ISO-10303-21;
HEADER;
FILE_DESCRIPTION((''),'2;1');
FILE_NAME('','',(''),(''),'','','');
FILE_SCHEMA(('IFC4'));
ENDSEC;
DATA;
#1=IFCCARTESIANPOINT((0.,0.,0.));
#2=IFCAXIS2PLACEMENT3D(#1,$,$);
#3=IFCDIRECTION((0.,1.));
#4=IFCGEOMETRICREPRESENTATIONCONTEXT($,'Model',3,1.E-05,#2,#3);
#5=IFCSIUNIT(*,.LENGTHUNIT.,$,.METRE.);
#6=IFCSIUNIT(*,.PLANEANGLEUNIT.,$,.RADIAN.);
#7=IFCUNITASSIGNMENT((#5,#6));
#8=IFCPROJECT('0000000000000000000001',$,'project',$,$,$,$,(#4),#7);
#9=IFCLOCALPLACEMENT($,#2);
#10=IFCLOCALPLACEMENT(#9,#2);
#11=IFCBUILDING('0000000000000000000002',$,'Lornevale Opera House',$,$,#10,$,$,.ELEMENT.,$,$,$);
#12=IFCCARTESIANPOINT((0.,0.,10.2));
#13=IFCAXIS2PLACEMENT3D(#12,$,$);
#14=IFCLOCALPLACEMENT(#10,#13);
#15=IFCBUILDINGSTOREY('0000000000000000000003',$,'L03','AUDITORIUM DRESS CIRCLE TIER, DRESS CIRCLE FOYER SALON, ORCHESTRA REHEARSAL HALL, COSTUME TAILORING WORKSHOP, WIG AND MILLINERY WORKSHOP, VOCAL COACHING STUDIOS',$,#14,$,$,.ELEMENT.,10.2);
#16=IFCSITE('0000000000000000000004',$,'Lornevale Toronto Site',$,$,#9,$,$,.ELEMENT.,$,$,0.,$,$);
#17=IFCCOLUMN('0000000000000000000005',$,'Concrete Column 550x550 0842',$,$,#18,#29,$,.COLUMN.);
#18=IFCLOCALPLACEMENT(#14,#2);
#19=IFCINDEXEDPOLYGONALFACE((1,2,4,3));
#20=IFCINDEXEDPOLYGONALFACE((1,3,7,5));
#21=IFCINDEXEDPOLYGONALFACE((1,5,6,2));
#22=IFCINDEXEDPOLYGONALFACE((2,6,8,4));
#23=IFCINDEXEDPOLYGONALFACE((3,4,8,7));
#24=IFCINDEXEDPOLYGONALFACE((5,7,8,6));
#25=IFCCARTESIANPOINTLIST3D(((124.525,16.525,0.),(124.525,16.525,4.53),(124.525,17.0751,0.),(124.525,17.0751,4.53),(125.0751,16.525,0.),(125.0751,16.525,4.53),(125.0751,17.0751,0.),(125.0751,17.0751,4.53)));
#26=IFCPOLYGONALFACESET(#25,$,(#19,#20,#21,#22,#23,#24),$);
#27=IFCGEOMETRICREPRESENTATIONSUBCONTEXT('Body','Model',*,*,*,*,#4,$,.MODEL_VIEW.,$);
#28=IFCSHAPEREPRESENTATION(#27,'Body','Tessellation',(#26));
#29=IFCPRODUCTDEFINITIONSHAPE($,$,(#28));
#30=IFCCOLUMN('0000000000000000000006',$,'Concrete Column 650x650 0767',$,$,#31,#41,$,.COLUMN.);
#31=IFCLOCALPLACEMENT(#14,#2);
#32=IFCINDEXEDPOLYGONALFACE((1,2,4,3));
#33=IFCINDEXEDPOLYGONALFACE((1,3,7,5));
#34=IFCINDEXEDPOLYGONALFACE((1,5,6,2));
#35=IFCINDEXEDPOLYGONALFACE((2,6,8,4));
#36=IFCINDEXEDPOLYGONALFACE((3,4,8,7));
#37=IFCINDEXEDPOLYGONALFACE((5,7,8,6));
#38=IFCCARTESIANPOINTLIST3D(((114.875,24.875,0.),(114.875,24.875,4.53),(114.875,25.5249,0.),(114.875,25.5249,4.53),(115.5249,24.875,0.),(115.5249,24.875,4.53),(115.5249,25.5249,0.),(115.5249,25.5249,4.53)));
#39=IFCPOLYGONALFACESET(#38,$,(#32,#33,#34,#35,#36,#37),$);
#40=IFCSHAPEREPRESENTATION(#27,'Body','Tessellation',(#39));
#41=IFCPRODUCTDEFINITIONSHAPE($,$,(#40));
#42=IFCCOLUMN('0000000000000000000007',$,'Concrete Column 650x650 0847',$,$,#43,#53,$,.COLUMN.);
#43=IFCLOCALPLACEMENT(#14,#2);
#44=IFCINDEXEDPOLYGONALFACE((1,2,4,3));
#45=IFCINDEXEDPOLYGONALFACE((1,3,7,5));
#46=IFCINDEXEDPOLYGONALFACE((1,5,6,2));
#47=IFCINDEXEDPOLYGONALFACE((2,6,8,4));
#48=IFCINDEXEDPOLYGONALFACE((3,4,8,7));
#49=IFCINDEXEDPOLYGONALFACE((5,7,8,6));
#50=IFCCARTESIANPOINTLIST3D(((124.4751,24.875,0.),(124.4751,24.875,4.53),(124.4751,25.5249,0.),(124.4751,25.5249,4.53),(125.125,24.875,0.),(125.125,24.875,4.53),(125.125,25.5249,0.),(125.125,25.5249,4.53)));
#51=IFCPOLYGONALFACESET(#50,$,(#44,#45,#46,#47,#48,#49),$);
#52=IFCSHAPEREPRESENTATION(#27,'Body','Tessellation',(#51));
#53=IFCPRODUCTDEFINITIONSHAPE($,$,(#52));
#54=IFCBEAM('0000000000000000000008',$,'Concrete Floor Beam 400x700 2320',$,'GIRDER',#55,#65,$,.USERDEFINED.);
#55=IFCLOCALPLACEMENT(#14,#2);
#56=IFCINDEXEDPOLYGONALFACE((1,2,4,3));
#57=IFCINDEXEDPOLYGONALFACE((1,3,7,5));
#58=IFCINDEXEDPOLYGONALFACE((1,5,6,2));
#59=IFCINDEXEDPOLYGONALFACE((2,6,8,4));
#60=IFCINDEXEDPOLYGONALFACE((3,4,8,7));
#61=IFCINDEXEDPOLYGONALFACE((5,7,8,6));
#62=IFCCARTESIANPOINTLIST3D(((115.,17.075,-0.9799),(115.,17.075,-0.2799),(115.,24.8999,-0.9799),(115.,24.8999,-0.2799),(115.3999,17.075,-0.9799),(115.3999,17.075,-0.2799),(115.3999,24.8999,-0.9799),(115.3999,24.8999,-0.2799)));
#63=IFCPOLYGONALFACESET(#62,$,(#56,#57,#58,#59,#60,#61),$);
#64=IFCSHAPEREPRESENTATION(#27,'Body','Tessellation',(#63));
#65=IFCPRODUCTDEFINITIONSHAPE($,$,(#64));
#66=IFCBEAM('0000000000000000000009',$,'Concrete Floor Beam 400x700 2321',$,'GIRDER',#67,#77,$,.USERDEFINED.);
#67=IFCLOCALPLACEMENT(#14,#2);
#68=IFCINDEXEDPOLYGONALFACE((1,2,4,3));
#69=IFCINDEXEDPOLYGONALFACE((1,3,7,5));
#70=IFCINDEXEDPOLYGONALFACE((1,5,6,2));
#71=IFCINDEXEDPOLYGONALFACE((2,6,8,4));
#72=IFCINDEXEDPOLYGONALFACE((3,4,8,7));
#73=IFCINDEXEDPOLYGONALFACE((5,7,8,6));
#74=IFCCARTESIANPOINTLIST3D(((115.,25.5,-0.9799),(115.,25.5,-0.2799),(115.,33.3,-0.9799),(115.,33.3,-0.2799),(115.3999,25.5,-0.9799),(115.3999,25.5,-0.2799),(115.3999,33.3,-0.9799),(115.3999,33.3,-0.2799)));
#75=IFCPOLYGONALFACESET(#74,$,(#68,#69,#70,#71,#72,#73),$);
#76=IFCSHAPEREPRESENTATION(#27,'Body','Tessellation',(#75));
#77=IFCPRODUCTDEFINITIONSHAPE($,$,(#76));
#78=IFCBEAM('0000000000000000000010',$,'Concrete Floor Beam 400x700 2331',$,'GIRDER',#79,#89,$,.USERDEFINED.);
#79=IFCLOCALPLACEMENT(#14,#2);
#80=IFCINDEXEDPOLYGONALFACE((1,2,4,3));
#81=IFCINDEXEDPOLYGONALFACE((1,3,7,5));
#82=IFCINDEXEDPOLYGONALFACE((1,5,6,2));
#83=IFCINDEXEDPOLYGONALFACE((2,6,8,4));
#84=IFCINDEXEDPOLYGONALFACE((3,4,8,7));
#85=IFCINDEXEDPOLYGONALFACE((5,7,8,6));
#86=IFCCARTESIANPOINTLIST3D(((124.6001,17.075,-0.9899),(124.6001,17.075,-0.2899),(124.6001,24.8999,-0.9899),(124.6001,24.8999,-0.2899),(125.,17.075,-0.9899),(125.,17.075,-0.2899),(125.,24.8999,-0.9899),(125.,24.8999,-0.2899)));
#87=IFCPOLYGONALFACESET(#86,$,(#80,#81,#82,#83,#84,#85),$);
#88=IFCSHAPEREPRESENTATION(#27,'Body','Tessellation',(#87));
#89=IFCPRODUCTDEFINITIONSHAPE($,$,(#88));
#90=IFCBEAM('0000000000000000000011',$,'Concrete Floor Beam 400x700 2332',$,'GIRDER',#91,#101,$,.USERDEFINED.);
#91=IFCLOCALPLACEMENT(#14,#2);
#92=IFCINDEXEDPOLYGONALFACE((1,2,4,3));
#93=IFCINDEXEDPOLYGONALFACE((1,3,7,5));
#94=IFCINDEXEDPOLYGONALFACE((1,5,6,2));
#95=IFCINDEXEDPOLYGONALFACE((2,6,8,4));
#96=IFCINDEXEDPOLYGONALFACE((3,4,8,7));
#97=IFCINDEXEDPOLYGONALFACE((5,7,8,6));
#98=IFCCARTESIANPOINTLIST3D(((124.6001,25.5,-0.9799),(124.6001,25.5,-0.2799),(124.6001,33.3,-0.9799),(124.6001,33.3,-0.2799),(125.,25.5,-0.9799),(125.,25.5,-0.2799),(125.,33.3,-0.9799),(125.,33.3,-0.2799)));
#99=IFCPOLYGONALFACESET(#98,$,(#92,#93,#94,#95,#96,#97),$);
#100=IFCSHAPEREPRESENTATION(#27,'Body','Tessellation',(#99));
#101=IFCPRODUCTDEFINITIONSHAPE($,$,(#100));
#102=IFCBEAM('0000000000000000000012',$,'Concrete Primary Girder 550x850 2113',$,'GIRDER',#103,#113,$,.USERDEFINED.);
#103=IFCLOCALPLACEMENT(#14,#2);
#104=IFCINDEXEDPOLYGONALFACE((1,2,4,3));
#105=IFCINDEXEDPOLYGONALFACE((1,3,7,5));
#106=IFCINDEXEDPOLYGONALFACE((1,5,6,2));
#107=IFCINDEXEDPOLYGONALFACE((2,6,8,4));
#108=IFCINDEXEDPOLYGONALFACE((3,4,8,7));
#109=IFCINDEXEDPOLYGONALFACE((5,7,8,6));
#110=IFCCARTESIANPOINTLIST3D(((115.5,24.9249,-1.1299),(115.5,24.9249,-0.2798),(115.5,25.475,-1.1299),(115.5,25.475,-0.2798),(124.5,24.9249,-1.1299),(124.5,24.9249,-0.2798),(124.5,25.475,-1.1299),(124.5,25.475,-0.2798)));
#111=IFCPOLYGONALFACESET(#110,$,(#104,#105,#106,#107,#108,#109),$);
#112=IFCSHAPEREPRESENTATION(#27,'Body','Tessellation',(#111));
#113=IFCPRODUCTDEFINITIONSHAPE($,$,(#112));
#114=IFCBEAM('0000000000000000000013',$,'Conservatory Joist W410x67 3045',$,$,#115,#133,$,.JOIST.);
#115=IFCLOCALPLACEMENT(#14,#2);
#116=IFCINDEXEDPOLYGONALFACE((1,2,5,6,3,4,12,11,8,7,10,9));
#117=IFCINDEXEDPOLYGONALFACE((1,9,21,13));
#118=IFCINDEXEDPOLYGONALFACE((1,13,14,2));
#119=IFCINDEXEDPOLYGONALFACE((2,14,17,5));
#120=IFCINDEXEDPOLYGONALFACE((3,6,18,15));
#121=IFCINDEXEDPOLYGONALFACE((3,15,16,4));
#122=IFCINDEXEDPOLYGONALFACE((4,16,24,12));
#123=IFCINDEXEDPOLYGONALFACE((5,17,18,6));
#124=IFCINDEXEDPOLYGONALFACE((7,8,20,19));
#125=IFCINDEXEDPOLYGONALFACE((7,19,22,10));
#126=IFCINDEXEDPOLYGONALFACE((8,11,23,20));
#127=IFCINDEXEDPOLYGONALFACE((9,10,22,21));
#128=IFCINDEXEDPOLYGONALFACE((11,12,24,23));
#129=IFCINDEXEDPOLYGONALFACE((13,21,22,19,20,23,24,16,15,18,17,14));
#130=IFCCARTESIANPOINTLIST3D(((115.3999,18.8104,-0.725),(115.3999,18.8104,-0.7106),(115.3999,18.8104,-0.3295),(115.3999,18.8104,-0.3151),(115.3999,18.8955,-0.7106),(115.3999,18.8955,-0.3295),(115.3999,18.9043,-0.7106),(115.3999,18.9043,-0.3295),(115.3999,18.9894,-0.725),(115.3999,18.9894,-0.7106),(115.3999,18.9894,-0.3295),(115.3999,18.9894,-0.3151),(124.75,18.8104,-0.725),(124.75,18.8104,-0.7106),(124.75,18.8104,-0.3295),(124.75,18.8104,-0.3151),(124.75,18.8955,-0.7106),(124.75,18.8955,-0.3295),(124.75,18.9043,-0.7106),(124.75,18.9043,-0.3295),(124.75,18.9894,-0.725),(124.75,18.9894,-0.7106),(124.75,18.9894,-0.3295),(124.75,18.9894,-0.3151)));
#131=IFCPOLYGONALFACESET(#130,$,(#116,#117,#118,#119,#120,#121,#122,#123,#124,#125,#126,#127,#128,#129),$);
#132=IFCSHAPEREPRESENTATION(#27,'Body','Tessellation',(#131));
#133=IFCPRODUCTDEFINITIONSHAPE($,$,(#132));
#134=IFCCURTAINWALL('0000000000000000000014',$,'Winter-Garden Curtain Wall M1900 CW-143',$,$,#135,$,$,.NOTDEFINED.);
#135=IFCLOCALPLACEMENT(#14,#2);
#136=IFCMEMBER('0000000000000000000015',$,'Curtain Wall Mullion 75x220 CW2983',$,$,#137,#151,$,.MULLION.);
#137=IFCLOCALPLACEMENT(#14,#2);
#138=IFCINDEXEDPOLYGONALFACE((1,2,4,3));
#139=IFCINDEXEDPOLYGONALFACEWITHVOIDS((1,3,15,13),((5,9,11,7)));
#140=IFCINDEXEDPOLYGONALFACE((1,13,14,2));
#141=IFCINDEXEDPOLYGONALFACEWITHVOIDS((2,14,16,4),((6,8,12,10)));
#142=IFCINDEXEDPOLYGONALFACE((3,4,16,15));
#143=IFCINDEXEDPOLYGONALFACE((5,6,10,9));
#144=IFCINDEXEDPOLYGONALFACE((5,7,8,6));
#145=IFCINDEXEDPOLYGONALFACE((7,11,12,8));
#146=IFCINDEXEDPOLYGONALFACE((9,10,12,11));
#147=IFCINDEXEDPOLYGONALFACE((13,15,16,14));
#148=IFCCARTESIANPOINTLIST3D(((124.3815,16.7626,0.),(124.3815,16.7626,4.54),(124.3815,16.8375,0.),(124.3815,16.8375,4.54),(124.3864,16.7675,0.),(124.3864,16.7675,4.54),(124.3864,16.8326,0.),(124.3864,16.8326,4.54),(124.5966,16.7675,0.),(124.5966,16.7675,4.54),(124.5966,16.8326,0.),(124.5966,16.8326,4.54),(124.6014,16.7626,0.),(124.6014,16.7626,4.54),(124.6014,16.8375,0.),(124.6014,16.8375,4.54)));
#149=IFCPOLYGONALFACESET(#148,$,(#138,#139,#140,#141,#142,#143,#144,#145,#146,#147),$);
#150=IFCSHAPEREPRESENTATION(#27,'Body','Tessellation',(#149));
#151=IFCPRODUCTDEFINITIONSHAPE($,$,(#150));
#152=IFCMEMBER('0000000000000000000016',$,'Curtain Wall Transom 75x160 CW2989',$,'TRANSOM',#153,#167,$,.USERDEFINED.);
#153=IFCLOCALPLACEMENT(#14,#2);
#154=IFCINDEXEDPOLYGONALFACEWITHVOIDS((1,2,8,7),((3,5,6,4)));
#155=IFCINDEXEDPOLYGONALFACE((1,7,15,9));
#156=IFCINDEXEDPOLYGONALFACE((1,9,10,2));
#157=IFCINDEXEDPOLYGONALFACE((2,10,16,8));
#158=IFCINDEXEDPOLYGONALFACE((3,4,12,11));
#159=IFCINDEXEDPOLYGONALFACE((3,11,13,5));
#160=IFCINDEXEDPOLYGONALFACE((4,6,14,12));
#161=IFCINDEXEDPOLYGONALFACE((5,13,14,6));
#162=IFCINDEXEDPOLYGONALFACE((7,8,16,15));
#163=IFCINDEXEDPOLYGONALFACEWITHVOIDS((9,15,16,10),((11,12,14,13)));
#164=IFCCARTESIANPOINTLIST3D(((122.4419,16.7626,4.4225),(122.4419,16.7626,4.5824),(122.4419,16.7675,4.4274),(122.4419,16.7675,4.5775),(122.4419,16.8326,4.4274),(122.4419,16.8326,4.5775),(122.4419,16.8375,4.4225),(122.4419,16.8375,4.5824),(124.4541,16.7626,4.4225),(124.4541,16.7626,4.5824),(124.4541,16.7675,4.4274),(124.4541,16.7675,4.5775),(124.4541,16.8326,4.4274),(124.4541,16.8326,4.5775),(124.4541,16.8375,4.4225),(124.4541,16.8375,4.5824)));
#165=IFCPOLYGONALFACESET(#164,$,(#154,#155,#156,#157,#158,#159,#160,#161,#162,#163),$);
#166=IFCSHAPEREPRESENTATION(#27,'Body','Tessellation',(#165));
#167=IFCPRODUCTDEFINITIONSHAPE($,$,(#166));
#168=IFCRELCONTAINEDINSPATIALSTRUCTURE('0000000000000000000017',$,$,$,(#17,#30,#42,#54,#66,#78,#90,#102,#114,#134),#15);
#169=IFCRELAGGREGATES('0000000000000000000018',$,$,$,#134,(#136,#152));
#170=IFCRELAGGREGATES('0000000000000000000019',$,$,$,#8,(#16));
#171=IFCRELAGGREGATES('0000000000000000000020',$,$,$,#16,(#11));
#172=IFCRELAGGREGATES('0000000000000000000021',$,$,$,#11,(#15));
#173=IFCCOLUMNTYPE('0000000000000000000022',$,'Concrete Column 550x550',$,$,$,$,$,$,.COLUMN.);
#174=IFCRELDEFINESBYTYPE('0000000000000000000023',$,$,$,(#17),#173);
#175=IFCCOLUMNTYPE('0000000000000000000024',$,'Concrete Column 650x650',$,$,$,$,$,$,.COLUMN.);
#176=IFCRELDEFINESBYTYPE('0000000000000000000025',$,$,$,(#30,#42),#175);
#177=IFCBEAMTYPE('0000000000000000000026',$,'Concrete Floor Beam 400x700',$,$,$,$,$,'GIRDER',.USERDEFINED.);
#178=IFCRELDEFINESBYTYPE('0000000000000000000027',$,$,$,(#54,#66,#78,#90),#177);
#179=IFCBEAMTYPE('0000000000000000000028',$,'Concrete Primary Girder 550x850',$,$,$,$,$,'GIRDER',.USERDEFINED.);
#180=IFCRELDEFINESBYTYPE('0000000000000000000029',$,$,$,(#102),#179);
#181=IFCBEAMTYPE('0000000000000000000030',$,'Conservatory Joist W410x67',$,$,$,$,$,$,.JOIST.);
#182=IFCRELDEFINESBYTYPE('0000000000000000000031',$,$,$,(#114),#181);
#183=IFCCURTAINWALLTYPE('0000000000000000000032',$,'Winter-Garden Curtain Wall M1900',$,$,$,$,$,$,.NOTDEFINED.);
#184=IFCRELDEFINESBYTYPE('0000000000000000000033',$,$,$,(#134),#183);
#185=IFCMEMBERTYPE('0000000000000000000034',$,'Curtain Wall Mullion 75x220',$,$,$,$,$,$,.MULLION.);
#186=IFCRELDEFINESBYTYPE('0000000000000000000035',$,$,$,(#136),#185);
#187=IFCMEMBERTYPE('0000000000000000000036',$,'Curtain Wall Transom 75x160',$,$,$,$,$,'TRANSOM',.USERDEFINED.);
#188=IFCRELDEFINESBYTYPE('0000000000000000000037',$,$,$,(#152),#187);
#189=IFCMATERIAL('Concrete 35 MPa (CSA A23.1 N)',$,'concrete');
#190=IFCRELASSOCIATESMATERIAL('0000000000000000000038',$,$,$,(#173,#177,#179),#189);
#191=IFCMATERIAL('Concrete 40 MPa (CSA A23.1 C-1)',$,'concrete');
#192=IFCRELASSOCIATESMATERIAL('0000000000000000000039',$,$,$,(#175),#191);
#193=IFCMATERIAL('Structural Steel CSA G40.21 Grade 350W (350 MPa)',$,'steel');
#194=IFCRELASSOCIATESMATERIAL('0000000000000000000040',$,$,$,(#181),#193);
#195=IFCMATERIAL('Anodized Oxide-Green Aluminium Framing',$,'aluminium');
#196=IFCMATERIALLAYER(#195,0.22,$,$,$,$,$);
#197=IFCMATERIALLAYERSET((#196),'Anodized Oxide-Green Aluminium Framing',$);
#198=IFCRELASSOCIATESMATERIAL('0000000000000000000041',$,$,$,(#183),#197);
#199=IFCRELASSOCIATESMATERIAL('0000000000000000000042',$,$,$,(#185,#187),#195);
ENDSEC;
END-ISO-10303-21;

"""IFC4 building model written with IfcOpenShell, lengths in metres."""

from ifc_helpers import new_model, si_unit, direction, frame, origin, origin_2d, place, context, subcontext, project, spatial, rectangle, hollow_rectangle, i_section, extrude, material, layer, layer_set, material_profile, profile_set, type_object, element, aggregate, save


model = new_model("IFC4")

# Units and contexts
model_context = context("Model", 3, precision=1e-05, world=origin(), true_north=direction((0.0, 1.0)))
body_context = subcontext(model_context, "Body", "Model", "MODEL_VIEW")
ifc_project = project(units=[si_unit("LENGTHUNIT", "METRE"), si_unit("PLANEANGLEUNIT", "RADIAN")], contexts=[model_context])

# Site, building, storey
site_placement = place(None, origin())
site = spatial("IfcSite", under=ifc_project, at=site_placement, Name="Lornevale Toronto Site", CompositionType="ELEMENT", RefElevation=0.0)
building_placement = place(site_placement, origin())
building = spatial("IfcBuilding", under=site, at=building_placement, Name="Lornevale Opera House", CompositionType="ELEMENT")
storey_placement = place(building_placement, frame((0.0, 0.0, 10.2)))
storey = spatial("IfcBuildingStorey", under=building, at=storey_placement, Name="L03", Description="AUDITORIUM DRESS CIRCLE TIER, DRESS CIRCLE FOYER SALON, ORCHESTRA REHEARSAL HALL, COSTUME TAILORING WORKSHOP, WIG AND MILLINERY WORKSHOP, VOCAL COACHING STUDIOS", CompositionType="ELEMENT", Elevation=10.2)

# Columns
ifc_material_1 = material(Name="Concrete 35 MPa (CSA A23.1 N)", Category="concrete")
ifc_material_profile_1 = material_profile(ifc_material_1, rectangle(XDim=0.55, YDim=0.55, at=origin_2d()), Name="RC550x550")
ifc_profile_set_1 = profile_set([ifc_material_profile_1], Name="Concrete 35 MPa (CSA A23.1 N)")
column_type_1 = type_object("IfcColumnType", Name="Concrete Column 550x550", PredefinedType="COLUMN", material=ifc_profile_set_1)
column_placement = place(storey_placement, frame((124.8, 16.8, 0.0), z_axis=(0.0, 0.0, 1.0), x_axis=(1.0, 0.0, 0.0)))
element("IfcColumn", 1, at=column_placement, inside=storey, type_object=column_type_1, Name="Concrete Column 550x550 0842", PredefinedType="COLUMN", context=body_context, shape_type="SweptSolid", body=[
    extrude(rectangle(XDim=0.55, YDim=0.55, at=origin_2d()), origin(), (0.0, 0.0, 1.0), 4.53),
])
ifc_material_2 = material(Name="Concrete 40 MPa (CSA A23.1 C-1)", Category="concrete")
ifc_material_profile_2 = material_profile(ifc_material_2, rectangle(XDim=0.6499, YDim=0.6499, at=origin_2d()), Name="RC650x650")
ifc_profile_set_2 = profile_set([ifc_material_profile_2], Name="Concrete 40 MPa (CSA A23.1 C-1)")
column_type_2 = type_object("IfcColumnType", Name="Concrete Column 650x650", PredefinedType="COLUMN", material=ifc_profile_set_2)
for number, where, z_axis, x_axis, name in (
    (2, (115.2, 25.2, 0.0), (0.0, 0.0, 1.0), (1.0, 0.0, 0.0), "Concrete Column 650x650 0767"),
    (3, (124.8, 25.2, 0.0), (0.0, 0.0, 1.0), (1.0, 0.0, 0.0), "Concrete Column 650x650 0847"),
):
    element("IfcColumn", number, at=place(storey_placement, frame(where, z_axis=z_axis, x_axis=x_axis)), inside=storey, type_object=column_type_2, Name=name, PredefinedType="COLUMN", context=body_context, shape_type="SweptSolid", body=[
        extrude(rectangle(XDim=0.6499, YDim=0.6499, at=origin_2d()), origin(), (0.0, 0.0, 1.0), 4.53),
    ])

# Beams
ifc_material_profile_3 = material_profile(ifc_material_1, rectangle(XDim=0.3999, YDim=0.7, at=origin_2d()), Name="RC400x700")
ifc_profile_set_3 = profile_set([ifc_material_profile_3], Name="Concrete 35 MPa (CSA A23.1 N)")
beam_type_1 = type_object("IfcBeamType", Name="Concrete Floor Beam 400x700", ElementType="GIRDER", PredefinedType="USERDEFINED", material=ifc_profile_set_3)
beam_1_placement = place(storey_placement, frame((115.2, 17.075, -0.6299), z_axis=(0.0, 1.0, 0.0), x_axis=(-1.0, 0.0, 0.0)))
element("IfcBeam", 4, at=beam_1_placement, inside=storey, type_object=beam_type_1, Name="Concrete Floor Beam 400x700 2320", ObjectType="GIRDER", PredefinedType="USERDEFINED", context=body_context, shape_type="SweptSolid", body=[
    extrude(rectangle(XDim=0.3999, YDim=0.7, at=origin_2d()), origin(), (0.0, 0.0, 1.0), 7.825),
])
beam_2_placement = place(storey_placement, frame((115.2, 25.5, -0.6299), z_axis=(0.0, 1.0, 0.0), x_axis=(-1.0, 0.0, 0.0)))
element("IfcBeam", 5, at=beam_2_placement, inside=storey, type_object=beam_type_1, Name="Concrete Floor Beam 400x700 2321", ObjectType="GIRDER", PredefinedType="USERDEFINED", context=body_context, shape_type="SweptSolid", body=[
    extrude(rectangle(XDim=0.3999, YDim=0.7, at=origin_2d()), origin(), (0.0, 0.0, 1.0), 7.8),
])
beam_3_placement = place(storey_placement, frame((124.8, 17.075, -0.6399), z_axis=(0.0, 1.0, 0.0), x_axis=(-1.0, 0.0, 0.0)))
element("IfcBeam", 6, at=beam_3_placement, inside=storey, type_object=beam_type_1, Name="Concrete Floor Beam 400x700 2331", ObjectType="GIRDER", PredefinedType="USERDEFINED", context=body_context, shape_type="SweptSolid", body=[
    extrude(rectangle(XDim=0.3999, YDim=0.7, at=origin_2d()), origin(), (0.0, 0.0, 1.0), 7.825),
])
beam_4_placement = place(storey_placement, frame((124.8, 25.5, -0.6299), z_axis=(0.0, 1.0, 0.0), x_axis=(-1.0, 0.0, 0.0)))
element("IfcBeam", 7, at=beam_4_placement, inside=storey, type_object=beam_type_1, Name="Concrete Floor Beam 400x700 2332", ObjectType="GIRDER", PredefinedType="USERDEFINED", context=body_context, shape_type="SweptSolid", body=[
    extrude(rectangle(XDim=0.3999, YDim=0.7, at=origin_2d()), origin(), (0.0, 0.0, 1.0), 7.8),
])
ifc_material_profile_4 = material_profile(ifc_material_1, rectangle(XDim=0.55, YDim=0.8501, at=origin_2d()), Name="RC550x850")
ifc_profile_set_4 = profile_set([ifc_material_profile_4], Name="Concrete 35 MPa (CSA A23.1 N)")
beam_type_2 = type_object("IfcBeamType", Name="Concrete Primary Girder 550x850", ElementType="GIRDER", PredefinedType="USERDEFINED", material=ifc_profile_set_4)
beam_5_placement = place(storey_placement, frame((115.5, 25.2, -0.7048), z_axis=(1.0, 0.0, 0.0), x_axis=(0.0, 1.0, 0.0)))
element("IfcBeam", 8, at=beam_5_placement, inside=storey, type_object=beam_type_2, Name="Concrete Primary Girder 550x850 2113", ObjectType="GIRDER", PredefinedType="USERDEFINED", context=body_context, shape_type="SweptSolid", body=[
    extrude(rectangle(XDim=0.55, YDim=0.8501, at=origin_2d()), origin(), (0.0, 0.0, 1.0), 9.0),
])
ifc_material_3 = material(Name="Structural Steel CSA G40.21 Grade 350W (350 MPa)", Category="steel")
ifc_material_profile_5 = material_profile(ifc_material_3, i_section(OverallWidth=0.179, OverallDepth=0.4099, WebThickness=0.0088, FlangeThickness=0.0144, at=origin_2d()), Name="W410x67")
ifc_profile_set_5 = profile_set([ifc_material_profile_5], Name="Structural Steel CSA G40.21 Grade 350W (350 MPa)")
beam_type_3 = type_object("IfcBeamType", Name="Conservatory Joist W410x67", PredefinedType="JOIST", material=ifc_profile_set_5)
beam_6_placement = place(storey_placement, frame((115.3999, 18.8999, -0.52), z_axis=(1.0, 0.0, 0.0), x_axis=(0.0, 1.0, 0.0)))
element("IfcBeam", 9, at=beam_6_placement, inside=storey, type_object=beam_type_3, Name="Conservatory Joist W410x67 3045", PredefinedType="JOIST", context=body_context, shape_type="SweptSolid", body=[
    extrude(i_section(OverallWidth=0.179, OverallDepth=0.4099, WebThickness=0.0088, FlangeThickness=0.0144, at=origin_2d()), origin(), (0.0, 0.0, 1.0), 9.3501),
])

# Curtain wall, members
ifc_material_4 = material(Name="Anodized Oxide-Green Aluminium Framing", Category="aluminium")
ifc_layer_1 = layer(ifc_material_4, 0.22)
ifc_layer_set_1 = layer_set([ifc_layer_1], Name="Anodized Oxide-Green Aluminium Framing")
curtain_wall_type = type_object("IfcCurtainWallType", Name="Winter-Garden Curtain Wall M1900", PredefinedType="NOTDEFINED", material=ifc_layer_set_1)
curtain_wall_placement = place(storey_placement, origin())
curtain_wall = element("IfcCurtainWall", 10, at=curtain_wall_placement, inside=storey, type_object=curtain_wall_type, Name="Winter-Garden Curtain Wall M1900 CW-143", PredefinedType="NOTDEFINED")
ifc_material_profile_6 = material_profile(ifc_material_4, hollow_rectangle(XDim=0.075, YDim=0.22, WallThickness=0.0049, at=origin_2d()), Name="ALU75x220x5")
ifc_profile_set_6 = profile_set([ifc_material_profile_6], Name="Anodized Oxide-Green Aluminium Framing")
member_type_1 = type_object("IfcMemberType", Name="Curtain Wall Mullion 75x220", PredefinedType="MULLION", material=ifc_profile_set_6)
member_1_placement = place(storey_placement, frame((124.4915, 16.8, 0.0), z_axis=(0.0, 0.0, 1.0), x_axis=(0.0, -1.0, 0.0)))
member_1 = element("IfcMember", 11, at=member_1_placement, type_object=member_type_1, Name="Curtain Wall Mullion 75x220 CW2983", PredefinedType="MULLION", context=body_context, shape_type="SweptSolid", body=[
    extrude(hollow_rectangle(XDim=0.075, YDim=0.22, WallThickness=0.0049, at=origin_2d()), origin(), (0.0, 0.0, 1.0), 4.54),
])
ifc_material_profile_7 = material_profile(ifc_material_4, hollow_rectangle(XDim=0.075, YDim=0.1599, WallThickness=0.0049, at=origin_2d()), Name="ALU75x160x5")
ifc_profile_set_7 = profile_set([ifc_material_profile_7], Name="Anodized Oxide-Green Aluminium Framing")
member_type_2 = type_object("IfcMemberType", Name="Curtain Wall Transom 75x160", ElementType="TRANSOM", PredefinedType="USERDEFINED", material=ifc_profile_set_7)
member_2_placement = place(storey_placement, frame((124.4541, 16.8, 4.5024), z_axis=(-1.0, 0.0, 0.0), x_axis=(0.0, -1.0, 0.0)))
member_2 = element("IfcMember", 12, at=member_2_placement, type_object=member_type_2, Name="Curtain Wall Transom 75x160 CW2989", ObjectType="TRANSOM", PredefinedType="USERDEFINED", context=body_context, shape_type="SweptSolid", body=[
    extrude(hollow_rectangle(XDim=0.075, YDim=0.1599, WallThickness=0.0049, at=origin_2d()), origin(), (0.0, 0.0, 1.0), 2.0122),
])
aggregate(curtain_wall, [member_1, member_2])

save(model, "model.ifc")
